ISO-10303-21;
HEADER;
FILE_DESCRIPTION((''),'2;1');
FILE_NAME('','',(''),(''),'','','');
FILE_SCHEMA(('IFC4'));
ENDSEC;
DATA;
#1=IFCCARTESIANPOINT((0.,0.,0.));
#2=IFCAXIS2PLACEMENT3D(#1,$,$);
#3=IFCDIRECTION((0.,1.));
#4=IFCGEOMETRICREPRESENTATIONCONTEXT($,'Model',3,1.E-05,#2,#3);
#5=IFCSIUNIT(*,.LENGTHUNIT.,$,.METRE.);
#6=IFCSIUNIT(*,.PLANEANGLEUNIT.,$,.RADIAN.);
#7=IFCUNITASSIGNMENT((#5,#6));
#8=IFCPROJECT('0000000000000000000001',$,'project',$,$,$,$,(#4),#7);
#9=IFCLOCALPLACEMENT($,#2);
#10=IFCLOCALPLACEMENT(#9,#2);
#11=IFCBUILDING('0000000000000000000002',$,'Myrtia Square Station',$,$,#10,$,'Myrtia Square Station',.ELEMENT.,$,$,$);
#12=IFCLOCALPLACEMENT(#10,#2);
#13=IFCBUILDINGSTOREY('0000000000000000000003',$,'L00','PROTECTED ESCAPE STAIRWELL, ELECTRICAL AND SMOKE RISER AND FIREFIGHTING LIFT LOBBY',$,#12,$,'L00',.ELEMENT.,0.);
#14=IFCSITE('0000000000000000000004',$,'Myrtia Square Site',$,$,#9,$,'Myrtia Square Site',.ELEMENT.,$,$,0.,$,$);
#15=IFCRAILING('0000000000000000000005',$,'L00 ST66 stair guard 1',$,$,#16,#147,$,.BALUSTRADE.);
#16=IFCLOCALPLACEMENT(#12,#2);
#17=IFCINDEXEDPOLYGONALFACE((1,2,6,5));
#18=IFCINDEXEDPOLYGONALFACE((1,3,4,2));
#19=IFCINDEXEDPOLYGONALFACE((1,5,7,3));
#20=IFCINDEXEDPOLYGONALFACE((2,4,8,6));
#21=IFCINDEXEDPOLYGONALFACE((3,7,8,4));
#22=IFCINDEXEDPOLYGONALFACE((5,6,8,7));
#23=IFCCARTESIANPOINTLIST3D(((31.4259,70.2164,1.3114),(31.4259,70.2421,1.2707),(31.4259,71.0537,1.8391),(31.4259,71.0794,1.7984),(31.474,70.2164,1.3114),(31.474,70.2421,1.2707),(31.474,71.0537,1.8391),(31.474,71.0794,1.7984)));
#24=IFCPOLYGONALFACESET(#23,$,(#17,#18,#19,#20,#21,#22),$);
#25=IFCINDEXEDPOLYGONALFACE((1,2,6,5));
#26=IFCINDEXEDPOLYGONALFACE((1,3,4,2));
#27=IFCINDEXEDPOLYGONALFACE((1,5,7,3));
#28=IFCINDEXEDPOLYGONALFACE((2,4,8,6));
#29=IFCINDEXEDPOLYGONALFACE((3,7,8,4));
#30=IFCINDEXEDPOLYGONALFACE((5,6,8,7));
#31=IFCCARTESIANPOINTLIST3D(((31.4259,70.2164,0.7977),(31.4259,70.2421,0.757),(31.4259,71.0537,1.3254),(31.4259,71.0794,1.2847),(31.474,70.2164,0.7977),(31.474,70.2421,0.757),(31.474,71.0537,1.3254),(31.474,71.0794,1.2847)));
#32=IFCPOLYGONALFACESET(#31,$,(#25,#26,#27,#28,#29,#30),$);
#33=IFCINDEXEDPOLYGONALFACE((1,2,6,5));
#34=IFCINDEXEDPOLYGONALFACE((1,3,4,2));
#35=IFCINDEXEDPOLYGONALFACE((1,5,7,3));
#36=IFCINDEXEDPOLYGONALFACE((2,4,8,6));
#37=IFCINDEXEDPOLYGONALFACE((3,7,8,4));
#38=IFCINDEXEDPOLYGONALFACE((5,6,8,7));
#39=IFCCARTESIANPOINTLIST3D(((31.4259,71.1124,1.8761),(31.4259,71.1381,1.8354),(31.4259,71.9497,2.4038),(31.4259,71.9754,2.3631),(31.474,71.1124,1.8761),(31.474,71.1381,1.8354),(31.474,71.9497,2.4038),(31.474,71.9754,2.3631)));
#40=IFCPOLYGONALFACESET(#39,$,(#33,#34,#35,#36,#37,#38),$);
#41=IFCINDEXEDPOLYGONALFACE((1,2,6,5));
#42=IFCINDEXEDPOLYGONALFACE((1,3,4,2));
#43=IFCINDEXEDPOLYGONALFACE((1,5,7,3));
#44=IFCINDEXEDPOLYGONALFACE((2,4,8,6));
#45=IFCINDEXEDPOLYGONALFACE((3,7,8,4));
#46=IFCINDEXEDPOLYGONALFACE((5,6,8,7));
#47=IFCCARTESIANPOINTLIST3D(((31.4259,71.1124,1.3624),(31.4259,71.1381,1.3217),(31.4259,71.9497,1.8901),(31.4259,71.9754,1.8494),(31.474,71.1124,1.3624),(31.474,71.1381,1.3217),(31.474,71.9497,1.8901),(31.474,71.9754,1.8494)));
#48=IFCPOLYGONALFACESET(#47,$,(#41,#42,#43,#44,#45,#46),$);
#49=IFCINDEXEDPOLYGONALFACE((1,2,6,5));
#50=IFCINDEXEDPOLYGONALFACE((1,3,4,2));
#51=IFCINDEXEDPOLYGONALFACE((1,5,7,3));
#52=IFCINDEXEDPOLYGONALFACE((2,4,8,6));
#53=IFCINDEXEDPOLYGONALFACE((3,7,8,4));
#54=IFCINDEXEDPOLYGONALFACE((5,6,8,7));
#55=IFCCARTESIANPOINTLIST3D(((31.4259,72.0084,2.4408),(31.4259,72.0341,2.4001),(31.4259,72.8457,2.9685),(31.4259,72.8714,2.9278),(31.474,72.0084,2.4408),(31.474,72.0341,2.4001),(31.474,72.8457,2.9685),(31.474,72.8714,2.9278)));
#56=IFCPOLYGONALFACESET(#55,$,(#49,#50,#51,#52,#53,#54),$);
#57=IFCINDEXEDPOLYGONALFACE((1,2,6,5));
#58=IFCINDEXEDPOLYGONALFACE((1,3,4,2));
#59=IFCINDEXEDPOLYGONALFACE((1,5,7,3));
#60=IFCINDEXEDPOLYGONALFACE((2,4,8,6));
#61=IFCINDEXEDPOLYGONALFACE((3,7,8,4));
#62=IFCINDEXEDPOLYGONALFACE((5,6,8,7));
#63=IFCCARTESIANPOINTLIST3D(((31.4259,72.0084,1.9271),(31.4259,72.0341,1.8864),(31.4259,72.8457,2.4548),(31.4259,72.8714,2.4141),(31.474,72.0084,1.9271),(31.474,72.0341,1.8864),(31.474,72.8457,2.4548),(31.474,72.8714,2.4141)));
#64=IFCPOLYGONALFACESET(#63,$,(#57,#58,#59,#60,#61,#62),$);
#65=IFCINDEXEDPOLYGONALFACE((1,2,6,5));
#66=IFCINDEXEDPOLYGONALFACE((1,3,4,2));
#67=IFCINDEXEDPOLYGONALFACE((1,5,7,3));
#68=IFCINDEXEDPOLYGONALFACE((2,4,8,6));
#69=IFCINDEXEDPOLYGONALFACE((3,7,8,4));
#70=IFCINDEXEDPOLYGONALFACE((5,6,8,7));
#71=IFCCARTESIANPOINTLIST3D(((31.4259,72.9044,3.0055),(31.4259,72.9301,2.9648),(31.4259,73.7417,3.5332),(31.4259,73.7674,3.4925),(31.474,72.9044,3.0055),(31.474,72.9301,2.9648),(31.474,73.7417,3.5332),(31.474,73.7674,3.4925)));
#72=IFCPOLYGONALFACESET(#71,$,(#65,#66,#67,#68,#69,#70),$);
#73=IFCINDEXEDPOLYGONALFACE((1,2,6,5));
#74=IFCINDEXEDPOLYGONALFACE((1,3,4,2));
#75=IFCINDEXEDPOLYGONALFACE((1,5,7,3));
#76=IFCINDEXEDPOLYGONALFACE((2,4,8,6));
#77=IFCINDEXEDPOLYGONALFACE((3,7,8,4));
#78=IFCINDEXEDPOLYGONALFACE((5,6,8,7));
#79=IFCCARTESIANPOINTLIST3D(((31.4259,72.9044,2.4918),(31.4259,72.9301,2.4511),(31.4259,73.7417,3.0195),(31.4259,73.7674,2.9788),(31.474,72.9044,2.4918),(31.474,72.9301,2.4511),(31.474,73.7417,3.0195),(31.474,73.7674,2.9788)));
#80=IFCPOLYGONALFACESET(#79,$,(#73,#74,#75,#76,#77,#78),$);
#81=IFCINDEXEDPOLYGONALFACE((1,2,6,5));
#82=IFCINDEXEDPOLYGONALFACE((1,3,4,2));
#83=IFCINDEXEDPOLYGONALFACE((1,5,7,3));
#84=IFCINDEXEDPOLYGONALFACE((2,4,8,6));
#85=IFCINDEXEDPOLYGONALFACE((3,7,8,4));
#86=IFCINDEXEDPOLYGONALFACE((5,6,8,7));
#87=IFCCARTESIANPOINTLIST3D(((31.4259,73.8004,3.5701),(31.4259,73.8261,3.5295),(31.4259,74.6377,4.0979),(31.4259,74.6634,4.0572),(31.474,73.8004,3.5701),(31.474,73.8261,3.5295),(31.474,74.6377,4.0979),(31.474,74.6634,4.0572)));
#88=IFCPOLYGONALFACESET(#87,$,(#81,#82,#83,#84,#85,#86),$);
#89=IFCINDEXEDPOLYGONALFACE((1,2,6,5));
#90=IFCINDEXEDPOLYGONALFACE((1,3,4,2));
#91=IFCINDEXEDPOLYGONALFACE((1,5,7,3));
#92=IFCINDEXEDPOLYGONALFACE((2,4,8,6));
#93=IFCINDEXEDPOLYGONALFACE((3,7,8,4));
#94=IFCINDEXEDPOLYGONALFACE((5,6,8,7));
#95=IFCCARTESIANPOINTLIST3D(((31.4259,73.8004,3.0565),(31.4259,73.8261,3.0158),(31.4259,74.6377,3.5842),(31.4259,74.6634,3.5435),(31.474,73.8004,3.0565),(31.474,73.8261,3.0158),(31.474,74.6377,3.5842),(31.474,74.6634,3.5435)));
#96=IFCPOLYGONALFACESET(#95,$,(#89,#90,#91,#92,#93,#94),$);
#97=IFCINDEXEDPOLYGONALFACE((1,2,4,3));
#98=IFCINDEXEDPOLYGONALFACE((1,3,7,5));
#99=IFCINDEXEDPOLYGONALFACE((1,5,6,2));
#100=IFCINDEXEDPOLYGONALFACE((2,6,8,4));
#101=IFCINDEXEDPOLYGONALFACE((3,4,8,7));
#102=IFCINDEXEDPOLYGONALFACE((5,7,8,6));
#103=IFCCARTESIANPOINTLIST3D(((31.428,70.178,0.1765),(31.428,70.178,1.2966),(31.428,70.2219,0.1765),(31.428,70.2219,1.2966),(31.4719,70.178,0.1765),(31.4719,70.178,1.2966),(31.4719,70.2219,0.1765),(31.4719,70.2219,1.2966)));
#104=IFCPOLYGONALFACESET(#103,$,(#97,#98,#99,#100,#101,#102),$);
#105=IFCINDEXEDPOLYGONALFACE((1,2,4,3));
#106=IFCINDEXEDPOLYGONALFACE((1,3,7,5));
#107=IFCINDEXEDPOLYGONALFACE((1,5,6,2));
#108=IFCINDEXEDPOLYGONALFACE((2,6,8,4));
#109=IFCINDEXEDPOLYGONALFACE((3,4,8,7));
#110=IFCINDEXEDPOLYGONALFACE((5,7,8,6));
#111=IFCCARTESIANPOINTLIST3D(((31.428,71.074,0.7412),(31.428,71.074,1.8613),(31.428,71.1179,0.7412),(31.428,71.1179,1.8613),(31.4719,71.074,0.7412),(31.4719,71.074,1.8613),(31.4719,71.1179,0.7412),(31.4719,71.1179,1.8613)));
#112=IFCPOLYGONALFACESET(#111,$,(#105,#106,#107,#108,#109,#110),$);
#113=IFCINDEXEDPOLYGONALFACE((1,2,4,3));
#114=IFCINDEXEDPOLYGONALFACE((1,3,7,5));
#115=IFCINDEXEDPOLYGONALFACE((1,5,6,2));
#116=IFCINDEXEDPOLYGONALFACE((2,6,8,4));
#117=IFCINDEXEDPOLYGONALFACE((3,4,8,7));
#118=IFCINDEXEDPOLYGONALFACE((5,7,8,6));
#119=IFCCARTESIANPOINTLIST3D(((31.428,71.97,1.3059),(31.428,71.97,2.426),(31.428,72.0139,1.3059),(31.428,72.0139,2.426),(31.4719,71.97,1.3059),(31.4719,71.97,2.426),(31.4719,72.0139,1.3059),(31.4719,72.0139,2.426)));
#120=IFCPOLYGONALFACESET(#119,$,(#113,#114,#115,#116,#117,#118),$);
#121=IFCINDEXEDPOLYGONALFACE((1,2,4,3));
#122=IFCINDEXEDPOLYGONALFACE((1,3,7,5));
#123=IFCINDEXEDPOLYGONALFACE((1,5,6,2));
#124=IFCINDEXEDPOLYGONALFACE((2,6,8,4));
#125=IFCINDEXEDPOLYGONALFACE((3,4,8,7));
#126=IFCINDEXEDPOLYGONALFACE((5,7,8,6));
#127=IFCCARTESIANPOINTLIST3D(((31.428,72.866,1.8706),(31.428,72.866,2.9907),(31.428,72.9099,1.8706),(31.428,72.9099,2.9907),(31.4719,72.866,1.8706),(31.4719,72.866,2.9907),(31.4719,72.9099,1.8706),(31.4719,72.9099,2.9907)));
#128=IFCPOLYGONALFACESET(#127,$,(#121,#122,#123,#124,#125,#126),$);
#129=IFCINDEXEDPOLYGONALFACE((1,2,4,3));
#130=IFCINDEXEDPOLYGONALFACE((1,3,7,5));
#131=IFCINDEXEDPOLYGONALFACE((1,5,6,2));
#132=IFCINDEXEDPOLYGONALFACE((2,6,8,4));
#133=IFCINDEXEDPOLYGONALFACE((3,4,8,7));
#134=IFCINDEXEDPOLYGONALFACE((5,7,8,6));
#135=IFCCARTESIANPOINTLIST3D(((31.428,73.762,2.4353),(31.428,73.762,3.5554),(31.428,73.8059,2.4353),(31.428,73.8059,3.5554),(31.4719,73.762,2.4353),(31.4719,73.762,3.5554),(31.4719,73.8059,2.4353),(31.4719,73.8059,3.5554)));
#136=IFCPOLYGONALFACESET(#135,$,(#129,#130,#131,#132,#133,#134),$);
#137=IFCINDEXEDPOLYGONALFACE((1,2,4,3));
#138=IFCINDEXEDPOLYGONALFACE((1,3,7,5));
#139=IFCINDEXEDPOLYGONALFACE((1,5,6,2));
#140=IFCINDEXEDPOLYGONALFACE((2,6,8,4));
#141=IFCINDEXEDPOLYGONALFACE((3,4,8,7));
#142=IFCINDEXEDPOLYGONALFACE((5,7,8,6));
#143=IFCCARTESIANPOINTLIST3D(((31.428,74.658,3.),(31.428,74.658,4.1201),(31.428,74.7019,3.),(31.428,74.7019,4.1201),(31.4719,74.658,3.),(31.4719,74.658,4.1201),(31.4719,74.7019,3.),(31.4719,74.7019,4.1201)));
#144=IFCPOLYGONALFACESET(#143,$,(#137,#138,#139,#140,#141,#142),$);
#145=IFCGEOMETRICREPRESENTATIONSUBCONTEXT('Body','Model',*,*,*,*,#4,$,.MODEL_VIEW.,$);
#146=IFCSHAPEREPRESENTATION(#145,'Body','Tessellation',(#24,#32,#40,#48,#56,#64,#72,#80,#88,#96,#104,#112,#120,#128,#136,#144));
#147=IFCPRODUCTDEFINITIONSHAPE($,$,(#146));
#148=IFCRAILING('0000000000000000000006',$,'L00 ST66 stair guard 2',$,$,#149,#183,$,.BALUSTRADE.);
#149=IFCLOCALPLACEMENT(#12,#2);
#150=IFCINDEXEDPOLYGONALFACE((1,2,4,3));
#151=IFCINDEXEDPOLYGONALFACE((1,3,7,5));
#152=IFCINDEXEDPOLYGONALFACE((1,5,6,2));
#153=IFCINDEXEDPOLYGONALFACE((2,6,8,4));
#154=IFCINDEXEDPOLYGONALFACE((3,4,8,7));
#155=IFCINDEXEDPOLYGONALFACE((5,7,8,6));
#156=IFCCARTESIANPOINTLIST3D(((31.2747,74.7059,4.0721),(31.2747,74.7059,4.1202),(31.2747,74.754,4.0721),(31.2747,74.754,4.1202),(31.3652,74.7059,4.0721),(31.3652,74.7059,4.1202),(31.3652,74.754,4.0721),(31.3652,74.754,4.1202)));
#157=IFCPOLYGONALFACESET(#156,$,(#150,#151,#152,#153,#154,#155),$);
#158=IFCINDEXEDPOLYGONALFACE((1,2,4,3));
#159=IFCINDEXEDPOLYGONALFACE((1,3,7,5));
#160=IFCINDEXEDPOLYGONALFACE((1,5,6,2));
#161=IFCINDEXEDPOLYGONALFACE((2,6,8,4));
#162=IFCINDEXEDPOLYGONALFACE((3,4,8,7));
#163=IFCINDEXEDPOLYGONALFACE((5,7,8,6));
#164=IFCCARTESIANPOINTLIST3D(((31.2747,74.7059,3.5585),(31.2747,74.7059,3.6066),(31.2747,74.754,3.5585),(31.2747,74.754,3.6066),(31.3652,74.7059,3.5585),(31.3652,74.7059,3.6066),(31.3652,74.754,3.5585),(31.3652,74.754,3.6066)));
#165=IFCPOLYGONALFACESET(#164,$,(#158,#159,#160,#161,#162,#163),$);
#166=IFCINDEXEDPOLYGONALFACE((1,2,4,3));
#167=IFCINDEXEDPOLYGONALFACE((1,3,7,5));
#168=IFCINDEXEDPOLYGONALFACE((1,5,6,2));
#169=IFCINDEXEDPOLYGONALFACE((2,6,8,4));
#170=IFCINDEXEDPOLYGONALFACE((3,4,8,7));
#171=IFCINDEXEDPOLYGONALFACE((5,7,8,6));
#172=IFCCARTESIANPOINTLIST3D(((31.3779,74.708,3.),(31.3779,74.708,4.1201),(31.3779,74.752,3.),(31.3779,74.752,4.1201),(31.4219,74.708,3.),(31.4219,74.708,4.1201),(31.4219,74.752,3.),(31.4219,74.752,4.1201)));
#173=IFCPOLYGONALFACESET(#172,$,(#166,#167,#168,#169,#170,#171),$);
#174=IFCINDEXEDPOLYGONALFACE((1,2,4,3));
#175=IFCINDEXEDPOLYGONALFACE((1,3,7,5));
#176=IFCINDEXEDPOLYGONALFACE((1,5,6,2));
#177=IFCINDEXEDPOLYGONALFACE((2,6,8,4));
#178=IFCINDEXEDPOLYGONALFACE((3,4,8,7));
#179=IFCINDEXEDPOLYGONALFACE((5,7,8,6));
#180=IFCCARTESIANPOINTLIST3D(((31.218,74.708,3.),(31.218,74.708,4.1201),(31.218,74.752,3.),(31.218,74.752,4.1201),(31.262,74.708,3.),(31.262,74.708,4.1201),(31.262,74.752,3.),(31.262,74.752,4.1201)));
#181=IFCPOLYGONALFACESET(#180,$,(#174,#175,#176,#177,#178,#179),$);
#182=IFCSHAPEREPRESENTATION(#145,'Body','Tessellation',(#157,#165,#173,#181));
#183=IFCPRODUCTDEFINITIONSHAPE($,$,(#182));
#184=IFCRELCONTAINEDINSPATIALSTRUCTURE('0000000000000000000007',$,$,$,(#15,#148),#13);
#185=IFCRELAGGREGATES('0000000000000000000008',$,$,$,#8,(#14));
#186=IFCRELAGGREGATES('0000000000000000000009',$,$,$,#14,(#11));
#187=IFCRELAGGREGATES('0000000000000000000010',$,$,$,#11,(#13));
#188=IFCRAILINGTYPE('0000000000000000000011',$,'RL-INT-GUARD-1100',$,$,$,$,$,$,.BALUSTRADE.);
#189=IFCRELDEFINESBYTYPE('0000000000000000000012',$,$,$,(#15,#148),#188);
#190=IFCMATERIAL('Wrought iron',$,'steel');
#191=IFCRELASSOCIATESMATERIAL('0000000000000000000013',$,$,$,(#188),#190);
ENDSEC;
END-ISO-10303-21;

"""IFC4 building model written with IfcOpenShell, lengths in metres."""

from ifc_helpers import new_model, si_unit, direction, frame, origin, origin_2d, place, context, subcontext, project, spatial, rectangle, extrude, material, type_object, element, save


model = new_model("IFC4")

# Units and contexts
model_context = context("Model", 3, precision=1e-05, world=origin(), true_north=direction((0.0, 1.0)))
body_context = subcontext(model_context, "Body", "Model", "MODEL_VIEW")
ifc_project = project(units=[si_unit("LENGTHUNIT", "METRE"), si_unit("PLANEANGLEUNIT", "RADIAN")], contexts=[model_context])

# Site, building, storey
site_placement = place(None, origin())
site = spatial("IfcSite", under=ifc_project, at=site_placement, Name="Myrtia Square Site", LongName="Myrtia Square Site", CompositionType="ELEMENT", RefElevation=0.0)
building_placement = place(site_placement, origin())
building = spatial("IfcBuilding", under=site, at=building_placement, Name="Myrtia Square Station", LongName="Myrtia Square Station", CompositionType="ELEMENT")
storey_placement = place(building_placement, origin())
storey = spatial("IfcBuildingStorey", under=building, at=storey_placement, Name="L00", Description="PROTECTED ESCAPE STAIRWELL, ELECTRICAL AND SMOKE RISER AND FIREFIGHTING LIFT LOBBY", LongName="L00", CompositionType="ELEMENT", Elevation=0.0)

# Railings
ifc_material_1 = material(Name="Wrought iron", Category="steel")
railing_type_1 = type_object("IfcRailingType", Name="RL-INT-GUARD-1100", PredefinedType="BALUSTRADE", material=ifc_material_1)
railing_1_placement = place(storey_placement, frame((31.45, 70.2, 0.1765)))
element("IfcRailing", 1, at=railing_1_placement, inside=storey, type_object=railing_type_1, Name="L00 ST66 stair guard 1", PredefinedType="BALUSTRADE", context=body_context, shape_type="SweptSolid", body=[
    extrude(rectangle(XDim=0.0481, YDim=0.0481, at=origin_2d()), frame((0.0, 0.0293, 1.1145), z_axis=(0.0, 0.845998, 0.533186), x_axis=(-1.0, 0.0, 0.0)), (0.0, 0.0, 1.0), 0.9897),
    extrude(rectangle(XDim=0.0481, YDim=0.0481, at=origin_2d()), frame((0.0, 0.0293, 0.6008), z_axis=(0.0, 0.845998, 0.533186), x_axis=(-1.0, 0.0, 0.0)), (0.0, 0.0, 1.0), 0.9897),
    extrude(rectangle(XDim=0.0481, YDim=0.0481, at=origin_2d()), frame((0.0, 0.9253, 1.6792), z_axis=(0.0, 0.845998, 0.533186), x_axis=(-1.0, 0.0, 0.0)), (0.0, 0.0, 1.0), 0.9897),
    extrude(rectangle(XDim=0.0481, YDim=0.0481, at=origin_2d()), frame((0.0, 0.9253, 1.1655), z_axis=(0.0, 0.845998, 0.533186), x_axis=(-1.0, 0.0, 0.0)), (0.0, 0.0, 1.0), 0.9897),
    extrude(rectangle(XDim=0.0481, YDim=0.0481, at=origin_2d()), frame((0.0, 1.8213, 2.2439), z_axis=(0.0, 0.845998, 0.533186), x_axis=(-1.0, 0.0, 0.0)), (0.0, 0.0, 1.0), 0.9897),
    extrude(rectangle(XDim=0.0481, YDim=0.0481, at=origin_2d()), frame((0.0, 1.8213, 1.7302), z_axis=(0.0, 0.845998, 0.533186), x_axis=(-1.0, 0.0, 0.0)), (0.0, 0.0, 1.0), 0.9897),
    extrude(rectangle(XDim=0.0481, YDim=0.0481, at=origin_2d()), frame((0.0, 2.7173, 2.8086), z_axis=(0.0, 0.845998, 0.533186), x_axis=(-1.0, 0.0, 0.0)), (0.0, 0.0, 1.0), 0.9897),
    extrude(rectangle(XDim=0.0481, YDim=0.0481, at=origin_2d()), frame((0.0, 2.7173, 2.2949), z_axis=(0.0, 0.845998, 0.533186), x_axis=(-1.0, 0.0, 0.0)), (0.0, 0.0, 1.0), 0.9897),
    extrude(rectangle(XDim=0.0481, YDim=0.0481, at=origin_2d()), frame((0.0, 3.6133, 3.3733), z_axis=(0.0, 0.845998, 0.533186), x_axis=(-1.0, 0.0, 0.0)), (0.0, 0.0, 1.0), 0.9897),
    extrude(rectangle(XDim=0.0481, YDim=0.0481, at=origin_2d()), frame((0.0, 3.6133, 2.8596), z_axis=(0.0, 0.845998, 0.533186), x_axis=(-1.0, 0.0, 0.0)), (0.0, 0.0, 1.0), 0.9897),
    extrude(rectangle(XDim=0.0439, YDim=0.0439, at=origin_2d()), origin(), (0.0, 0.0, 1.0), 1.1201),
    extrude(rectangle(XDim=0.0439, YDim=0.0439, at=origin_2d()), frame((0.0, 0.896, 0.5647)), (0.0, 0.0, 1.0), 1.1201),
    extrude(rectangle(XDim=0.0439, YDim=0.0439, at=origin_2d()), frame((0.0, 1.792, 1.1294)), (0.0, 0.0, 1.0), 1.1201),
    extrude(rectangle(XDim=0.0439, YDim=0.0439, at=origin_2d()), frame((0.0, 2.688, 1.6941)), (0.0, 0.0, 1.0), 1.1201),
    extrude(rectangle(XDim=0.0439, YDim=0.0439, at=origin_2d()), frame((0.0, 3.584, 2.2588)), (0.0, 0.0, 1.0), 1.1201),
    extrude(rectangle(XDim=0.0439, YDim=0.0439, at=origin_2d()), frame((0.0, 4.48, 2.8235)), (0.0, 0.0, 1.0), 1.1201),
])
railing_2_placement = place(storey_placement, frame((31.3999, 74.73, 3.0)))
element("IfcRailing", 2, at=railing_2_placement, inside=storey, type_object=railing_type_1, Name="L00 ST66 stair guard 2", PredefinedType="BALUSTRADE", context=body_context, shape_type="SweptSolid", body=[
    extrude(rectangle(XDim=0.0481, YDim=0.0481, at=origin_2d()), frame((-0.0347, 0.0, 1.0962), z_axis=(-1.0, 0.0, 0.0), x_axis=(0.0, -1.0, 0.0)), (0.0, 0.0, 1.0), 0.0906),
    extrude(rectangle(XDim=0.0481, YDim=0.0481, at=origin_2d()), frame((-0.0347, 0.0, 0.5825), z_axis=(-1.0, 0.0, 0.0), x_axis=(0.0, -1.0, 0.0)), (0.0, 0.0, 1.0), 0.0906),
    extrude(rectangle(XDim=0.0439, YDim=0.0439, at=origin_2d()), origin(), (0.0, 0.0, 1.0), 1.1201),
    extrude(rectangle(XDim=0.0439, YDim=0.0439, at=origin_2d()), frame((-0.1599, 0.0, 0.0)), (0.0, 0.0, 1.0), 1.1201),
])

save(model, "model.ifc")
